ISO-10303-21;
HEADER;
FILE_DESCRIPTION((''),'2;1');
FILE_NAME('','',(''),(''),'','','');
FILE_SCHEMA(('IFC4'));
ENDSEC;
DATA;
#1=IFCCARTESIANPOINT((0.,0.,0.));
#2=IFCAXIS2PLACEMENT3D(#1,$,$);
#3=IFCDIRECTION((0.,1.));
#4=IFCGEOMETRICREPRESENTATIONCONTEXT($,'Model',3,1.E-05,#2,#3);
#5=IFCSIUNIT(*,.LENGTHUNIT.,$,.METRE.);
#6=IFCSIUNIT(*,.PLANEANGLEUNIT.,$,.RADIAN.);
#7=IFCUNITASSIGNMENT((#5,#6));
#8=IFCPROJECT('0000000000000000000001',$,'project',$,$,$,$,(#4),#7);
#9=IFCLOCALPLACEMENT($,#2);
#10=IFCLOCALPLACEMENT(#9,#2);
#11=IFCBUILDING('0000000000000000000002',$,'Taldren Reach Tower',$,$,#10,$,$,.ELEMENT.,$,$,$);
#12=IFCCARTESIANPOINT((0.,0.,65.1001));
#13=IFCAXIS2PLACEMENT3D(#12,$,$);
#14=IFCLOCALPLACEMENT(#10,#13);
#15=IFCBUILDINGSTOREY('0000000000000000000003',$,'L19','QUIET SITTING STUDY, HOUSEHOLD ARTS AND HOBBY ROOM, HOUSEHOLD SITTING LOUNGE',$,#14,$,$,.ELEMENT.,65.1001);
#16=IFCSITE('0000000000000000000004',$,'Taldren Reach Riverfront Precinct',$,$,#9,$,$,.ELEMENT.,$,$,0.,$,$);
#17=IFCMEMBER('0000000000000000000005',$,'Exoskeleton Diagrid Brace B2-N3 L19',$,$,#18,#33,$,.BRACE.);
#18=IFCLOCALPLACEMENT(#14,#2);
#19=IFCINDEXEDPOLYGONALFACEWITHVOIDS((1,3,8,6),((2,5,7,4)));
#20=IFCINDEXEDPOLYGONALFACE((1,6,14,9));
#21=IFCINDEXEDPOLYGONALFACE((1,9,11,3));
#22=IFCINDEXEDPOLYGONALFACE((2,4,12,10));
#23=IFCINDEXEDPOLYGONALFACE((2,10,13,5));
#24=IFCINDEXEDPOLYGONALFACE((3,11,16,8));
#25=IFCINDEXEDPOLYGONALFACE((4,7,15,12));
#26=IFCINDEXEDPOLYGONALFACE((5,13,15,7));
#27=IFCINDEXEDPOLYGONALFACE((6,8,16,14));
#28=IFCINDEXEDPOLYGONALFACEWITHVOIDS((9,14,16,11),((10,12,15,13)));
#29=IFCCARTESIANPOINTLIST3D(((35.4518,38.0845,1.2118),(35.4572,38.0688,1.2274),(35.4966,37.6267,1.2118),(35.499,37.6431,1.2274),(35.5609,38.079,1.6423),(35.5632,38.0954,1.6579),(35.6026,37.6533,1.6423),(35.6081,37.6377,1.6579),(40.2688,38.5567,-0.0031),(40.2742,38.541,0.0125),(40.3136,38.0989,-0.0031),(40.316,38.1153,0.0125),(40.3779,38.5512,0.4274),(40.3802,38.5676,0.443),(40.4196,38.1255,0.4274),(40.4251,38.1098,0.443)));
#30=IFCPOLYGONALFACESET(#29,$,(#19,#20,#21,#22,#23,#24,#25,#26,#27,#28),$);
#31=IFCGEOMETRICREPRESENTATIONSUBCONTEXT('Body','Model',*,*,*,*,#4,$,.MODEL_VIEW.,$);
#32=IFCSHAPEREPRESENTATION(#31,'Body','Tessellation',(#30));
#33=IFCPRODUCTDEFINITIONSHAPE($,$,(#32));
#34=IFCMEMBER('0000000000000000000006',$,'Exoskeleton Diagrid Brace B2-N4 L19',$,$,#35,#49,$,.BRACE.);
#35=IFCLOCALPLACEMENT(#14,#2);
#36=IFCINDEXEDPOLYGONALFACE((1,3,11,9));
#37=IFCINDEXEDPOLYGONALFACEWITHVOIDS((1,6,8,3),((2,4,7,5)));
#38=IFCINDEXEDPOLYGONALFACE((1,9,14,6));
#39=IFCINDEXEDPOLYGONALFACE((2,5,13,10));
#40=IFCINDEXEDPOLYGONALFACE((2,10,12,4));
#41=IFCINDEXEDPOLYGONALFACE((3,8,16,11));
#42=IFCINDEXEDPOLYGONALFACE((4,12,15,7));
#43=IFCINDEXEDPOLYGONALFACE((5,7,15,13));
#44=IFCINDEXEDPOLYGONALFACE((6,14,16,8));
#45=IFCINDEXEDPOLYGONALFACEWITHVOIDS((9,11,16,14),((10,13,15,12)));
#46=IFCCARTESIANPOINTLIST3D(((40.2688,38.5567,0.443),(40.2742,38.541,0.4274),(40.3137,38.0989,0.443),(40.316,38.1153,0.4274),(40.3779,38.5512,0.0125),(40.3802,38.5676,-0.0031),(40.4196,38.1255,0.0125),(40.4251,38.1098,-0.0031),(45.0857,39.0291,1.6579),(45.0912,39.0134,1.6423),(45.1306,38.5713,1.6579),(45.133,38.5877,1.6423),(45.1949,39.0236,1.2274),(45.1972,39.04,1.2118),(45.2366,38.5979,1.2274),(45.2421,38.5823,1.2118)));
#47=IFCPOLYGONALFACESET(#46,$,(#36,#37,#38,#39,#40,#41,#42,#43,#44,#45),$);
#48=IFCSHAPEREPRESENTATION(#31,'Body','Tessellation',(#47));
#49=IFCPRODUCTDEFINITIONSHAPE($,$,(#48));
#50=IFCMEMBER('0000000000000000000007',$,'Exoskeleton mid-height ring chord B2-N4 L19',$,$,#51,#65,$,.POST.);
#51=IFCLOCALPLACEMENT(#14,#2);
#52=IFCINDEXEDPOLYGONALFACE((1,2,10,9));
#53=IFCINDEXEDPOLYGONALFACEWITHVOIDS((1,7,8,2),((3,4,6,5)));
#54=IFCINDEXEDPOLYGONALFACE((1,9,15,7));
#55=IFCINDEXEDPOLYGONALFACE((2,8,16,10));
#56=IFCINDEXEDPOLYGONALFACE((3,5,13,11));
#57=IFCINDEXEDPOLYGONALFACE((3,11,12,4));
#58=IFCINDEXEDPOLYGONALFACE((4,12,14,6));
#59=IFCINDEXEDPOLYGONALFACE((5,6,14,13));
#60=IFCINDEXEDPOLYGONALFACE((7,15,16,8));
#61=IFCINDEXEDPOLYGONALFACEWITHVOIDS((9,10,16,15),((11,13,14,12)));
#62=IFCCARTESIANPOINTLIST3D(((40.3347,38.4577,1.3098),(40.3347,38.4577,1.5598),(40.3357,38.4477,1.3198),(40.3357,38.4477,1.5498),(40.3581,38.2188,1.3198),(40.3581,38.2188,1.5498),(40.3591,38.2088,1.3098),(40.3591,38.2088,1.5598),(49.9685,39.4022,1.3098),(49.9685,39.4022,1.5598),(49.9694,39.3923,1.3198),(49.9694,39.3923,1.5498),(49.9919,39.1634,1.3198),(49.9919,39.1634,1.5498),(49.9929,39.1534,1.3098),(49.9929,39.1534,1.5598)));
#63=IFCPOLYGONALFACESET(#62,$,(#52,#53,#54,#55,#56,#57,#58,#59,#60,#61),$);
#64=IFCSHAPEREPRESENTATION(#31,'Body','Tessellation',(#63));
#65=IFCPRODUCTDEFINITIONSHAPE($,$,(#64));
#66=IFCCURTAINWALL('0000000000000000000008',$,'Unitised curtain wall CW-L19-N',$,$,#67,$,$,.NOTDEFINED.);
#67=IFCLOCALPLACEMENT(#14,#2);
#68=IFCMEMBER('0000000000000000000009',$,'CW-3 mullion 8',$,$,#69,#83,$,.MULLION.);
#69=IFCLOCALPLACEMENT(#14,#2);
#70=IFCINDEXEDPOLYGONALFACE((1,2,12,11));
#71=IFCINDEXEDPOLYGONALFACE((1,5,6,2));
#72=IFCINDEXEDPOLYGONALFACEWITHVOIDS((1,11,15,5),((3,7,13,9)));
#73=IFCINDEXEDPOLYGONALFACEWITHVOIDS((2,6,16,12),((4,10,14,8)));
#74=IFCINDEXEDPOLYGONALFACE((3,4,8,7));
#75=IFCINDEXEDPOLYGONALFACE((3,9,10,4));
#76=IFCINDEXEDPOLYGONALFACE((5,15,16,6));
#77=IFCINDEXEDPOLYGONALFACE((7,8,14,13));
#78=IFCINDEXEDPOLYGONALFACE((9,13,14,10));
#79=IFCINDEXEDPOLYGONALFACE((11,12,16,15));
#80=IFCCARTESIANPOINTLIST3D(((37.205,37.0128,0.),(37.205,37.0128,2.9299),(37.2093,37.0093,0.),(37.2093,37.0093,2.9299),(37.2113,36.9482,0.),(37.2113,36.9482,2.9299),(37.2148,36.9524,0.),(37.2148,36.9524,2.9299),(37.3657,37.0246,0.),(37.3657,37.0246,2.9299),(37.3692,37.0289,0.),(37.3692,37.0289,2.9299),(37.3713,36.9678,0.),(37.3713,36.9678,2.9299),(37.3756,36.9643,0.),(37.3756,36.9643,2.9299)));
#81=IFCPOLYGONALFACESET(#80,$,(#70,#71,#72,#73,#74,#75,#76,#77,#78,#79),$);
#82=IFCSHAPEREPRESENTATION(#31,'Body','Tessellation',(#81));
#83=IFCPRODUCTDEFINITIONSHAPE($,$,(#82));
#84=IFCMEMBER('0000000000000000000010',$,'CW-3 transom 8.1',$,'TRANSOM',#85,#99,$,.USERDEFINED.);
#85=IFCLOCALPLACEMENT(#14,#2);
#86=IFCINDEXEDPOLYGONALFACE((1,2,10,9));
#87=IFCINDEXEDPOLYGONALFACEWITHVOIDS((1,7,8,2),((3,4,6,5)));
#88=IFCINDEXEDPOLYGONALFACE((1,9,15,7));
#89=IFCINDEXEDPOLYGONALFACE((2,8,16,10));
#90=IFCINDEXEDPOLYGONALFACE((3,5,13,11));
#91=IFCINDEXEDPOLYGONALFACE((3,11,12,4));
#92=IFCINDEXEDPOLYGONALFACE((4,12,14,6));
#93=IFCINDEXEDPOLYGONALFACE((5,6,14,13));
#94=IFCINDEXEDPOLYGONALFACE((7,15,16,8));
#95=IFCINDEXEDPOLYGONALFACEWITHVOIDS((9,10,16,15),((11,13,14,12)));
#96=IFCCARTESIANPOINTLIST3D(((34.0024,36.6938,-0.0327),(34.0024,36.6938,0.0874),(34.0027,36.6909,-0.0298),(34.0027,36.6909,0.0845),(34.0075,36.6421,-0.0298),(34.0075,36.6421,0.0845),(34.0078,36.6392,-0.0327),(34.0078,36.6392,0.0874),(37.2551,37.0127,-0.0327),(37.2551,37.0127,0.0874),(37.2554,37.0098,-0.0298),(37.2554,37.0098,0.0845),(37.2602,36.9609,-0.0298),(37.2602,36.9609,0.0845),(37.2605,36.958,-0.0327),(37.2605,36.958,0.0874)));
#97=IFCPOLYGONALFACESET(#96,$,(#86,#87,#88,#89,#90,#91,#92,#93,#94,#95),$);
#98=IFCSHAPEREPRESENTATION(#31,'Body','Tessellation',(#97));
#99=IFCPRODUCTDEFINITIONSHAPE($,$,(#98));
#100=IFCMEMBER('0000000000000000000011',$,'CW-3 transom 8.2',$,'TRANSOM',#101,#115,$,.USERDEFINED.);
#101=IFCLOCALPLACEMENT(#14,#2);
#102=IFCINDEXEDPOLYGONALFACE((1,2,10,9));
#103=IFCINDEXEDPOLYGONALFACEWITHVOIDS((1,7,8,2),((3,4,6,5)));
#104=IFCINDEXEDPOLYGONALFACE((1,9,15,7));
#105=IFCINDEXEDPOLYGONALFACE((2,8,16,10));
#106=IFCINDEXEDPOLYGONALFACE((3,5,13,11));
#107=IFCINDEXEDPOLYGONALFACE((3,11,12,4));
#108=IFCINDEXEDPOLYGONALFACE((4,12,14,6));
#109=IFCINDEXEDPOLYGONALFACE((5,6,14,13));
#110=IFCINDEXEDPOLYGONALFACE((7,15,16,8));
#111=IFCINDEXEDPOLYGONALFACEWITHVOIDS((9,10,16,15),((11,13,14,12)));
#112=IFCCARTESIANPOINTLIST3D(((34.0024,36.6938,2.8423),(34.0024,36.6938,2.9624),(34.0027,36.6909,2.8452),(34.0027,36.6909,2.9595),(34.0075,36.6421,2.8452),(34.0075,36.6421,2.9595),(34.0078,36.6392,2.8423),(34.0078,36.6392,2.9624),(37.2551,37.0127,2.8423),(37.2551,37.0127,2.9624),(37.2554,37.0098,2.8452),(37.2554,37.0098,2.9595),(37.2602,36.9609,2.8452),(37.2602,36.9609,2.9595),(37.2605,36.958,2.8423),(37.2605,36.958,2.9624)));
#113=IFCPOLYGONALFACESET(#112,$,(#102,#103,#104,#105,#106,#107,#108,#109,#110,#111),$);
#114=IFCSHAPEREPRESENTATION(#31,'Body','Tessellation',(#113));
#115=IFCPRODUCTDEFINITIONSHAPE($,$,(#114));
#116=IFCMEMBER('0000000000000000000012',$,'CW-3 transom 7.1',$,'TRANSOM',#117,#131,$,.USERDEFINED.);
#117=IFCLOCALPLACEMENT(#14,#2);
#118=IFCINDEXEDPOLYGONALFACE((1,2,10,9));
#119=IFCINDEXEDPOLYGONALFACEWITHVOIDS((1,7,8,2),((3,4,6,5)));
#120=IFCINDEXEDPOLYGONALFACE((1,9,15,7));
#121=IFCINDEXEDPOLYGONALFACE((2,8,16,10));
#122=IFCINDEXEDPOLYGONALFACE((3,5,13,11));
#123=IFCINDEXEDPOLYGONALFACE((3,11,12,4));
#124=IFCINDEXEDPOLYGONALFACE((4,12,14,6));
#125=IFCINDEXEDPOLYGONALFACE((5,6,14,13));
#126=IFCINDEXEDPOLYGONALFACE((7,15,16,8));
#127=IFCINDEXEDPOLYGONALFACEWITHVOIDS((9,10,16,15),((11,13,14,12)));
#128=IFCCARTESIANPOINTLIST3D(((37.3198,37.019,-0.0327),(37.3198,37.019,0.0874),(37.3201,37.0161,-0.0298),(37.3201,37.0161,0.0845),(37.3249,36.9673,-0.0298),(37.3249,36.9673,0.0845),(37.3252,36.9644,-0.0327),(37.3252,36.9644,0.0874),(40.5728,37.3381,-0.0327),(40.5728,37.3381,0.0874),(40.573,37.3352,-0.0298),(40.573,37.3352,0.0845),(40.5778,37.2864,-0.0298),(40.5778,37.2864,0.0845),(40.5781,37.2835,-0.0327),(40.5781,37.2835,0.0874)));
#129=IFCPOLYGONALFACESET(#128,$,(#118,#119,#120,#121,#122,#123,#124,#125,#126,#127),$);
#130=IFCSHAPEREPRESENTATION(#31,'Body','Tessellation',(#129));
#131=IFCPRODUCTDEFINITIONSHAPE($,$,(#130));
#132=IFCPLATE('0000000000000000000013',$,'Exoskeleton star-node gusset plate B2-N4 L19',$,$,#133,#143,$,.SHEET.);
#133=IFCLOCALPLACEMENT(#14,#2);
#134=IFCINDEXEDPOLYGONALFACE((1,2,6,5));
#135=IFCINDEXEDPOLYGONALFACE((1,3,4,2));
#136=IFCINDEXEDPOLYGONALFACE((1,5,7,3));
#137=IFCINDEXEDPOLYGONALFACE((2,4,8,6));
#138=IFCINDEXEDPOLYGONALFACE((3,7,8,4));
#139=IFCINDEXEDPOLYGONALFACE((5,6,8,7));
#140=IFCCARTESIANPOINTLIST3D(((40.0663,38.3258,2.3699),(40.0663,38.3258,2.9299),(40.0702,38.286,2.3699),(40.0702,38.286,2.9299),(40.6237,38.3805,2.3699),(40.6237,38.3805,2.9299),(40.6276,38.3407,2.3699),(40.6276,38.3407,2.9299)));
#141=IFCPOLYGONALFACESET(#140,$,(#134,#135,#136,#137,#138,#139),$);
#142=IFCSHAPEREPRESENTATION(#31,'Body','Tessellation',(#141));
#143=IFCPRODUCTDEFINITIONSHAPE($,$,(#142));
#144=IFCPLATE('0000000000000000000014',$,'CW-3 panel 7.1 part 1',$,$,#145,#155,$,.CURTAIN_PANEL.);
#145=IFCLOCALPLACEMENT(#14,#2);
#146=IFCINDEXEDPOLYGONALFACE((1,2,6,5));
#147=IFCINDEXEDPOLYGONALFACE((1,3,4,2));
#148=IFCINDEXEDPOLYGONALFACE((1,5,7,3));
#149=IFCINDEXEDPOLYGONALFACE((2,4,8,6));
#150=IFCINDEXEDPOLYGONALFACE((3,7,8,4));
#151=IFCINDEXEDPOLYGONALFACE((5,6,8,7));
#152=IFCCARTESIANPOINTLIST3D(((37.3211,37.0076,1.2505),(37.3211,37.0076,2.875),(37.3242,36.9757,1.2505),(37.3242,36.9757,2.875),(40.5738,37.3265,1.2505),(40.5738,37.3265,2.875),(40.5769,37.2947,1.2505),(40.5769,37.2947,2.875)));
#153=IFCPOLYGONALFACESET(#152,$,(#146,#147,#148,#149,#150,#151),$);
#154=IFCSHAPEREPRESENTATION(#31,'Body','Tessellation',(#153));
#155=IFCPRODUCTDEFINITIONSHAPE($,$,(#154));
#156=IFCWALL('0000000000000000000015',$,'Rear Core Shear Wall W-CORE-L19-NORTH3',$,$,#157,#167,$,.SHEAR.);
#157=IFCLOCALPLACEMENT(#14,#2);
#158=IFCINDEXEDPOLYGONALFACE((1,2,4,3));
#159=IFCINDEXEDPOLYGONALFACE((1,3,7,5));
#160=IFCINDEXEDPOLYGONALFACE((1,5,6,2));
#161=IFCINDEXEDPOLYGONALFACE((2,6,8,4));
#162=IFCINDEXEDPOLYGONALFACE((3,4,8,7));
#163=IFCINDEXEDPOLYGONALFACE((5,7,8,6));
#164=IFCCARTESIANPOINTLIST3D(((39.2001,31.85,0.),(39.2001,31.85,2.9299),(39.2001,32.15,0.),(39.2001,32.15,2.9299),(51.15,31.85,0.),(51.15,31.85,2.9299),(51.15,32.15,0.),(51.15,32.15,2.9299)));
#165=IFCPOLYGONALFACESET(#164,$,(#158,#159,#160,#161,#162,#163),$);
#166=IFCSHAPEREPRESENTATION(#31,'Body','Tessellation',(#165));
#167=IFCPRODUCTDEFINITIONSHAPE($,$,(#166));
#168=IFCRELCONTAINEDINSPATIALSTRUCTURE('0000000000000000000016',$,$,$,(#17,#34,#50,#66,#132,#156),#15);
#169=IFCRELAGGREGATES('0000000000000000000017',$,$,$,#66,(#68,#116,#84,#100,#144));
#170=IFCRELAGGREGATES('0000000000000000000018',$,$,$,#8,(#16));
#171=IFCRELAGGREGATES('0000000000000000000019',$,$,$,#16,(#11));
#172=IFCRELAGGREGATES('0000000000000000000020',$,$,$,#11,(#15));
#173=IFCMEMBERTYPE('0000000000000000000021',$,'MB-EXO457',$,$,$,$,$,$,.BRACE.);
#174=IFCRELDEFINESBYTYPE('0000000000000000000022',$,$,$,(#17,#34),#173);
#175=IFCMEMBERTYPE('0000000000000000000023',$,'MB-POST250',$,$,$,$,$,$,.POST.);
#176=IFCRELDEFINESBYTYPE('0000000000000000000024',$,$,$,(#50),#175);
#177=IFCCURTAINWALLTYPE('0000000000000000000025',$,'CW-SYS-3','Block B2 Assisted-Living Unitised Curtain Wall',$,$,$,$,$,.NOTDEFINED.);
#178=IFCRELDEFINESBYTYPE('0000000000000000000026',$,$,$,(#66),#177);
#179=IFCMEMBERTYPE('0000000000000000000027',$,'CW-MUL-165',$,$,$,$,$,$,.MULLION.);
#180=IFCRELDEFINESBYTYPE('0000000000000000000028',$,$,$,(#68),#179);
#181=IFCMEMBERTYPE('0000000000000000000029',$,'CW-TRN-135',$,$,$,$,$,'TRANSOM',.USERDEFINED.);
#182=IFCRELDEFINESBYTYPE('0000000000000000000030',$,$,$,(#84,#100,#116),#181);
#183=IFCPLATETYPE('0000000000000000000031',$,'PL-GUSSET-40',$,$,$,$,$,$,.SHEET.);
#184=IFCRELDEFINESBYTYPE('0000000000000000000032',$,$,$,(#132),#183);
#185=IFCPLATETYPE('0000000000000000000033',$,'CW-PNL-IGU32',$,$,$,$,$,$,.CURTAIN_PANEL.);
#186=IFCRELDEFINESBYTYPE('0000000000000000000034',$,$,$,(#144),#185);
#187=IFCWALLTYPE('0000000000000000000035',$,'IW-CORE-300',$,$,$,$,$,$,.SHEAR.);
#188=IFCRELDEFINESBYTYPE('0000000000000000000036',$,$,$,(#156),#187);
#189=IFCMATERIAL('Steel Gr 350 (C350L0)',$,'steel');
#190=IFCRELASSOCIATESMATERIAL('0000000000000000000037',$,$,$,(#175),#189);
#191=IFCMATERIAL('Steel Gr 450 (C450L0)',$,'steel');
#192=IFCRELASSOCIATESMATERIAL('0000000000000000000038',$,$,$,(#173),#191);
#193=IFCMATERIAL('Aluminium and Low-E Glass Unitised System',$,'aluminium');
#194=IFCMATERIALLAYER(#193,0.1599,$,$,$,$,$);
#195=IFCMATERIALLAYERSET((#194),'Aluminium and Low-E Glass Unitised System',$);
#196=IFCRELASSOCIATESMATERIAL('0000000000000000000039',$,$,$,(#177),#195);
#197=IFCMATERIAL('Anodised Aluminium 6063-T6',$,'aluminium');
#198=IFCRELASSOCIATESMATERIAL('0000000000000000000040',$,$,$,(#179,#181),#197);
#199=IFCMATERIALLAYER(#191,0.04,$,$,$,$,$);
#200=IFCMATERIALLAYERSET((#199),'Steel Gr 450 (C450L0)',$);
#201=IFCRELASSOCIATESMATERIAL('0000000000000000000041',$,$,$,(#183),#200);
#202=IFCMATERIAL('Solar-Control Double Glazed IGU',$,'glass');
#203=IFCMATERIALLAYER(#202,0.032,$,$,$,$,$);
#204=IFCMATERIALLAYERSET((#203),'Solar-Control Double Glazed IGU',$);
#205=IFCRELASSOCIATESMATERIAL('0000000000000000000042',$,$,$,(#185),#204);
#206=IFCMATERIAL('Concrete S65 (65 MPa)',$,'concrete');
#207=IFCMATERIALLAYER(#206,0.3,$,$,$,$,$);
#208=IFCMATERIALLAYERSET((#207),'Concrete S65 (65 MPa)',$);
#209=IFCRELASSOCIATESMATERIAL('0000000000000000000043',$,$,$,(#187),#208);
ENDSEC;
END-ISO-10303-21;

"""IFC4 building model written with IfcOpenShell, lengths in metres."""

from ifc_helpers import new_model, si_unit, direction, frame, frame_2d, origin, origin_2d, place, context, subcontext, project, spatial, rectangle, hollow_rectangle, extrude, source, transform, mapped, material, layer, layer_set, material_profile, profile_set, type_object, element, aggregate, save


model = new_model("IFC4")

# Units and contexts
model_context = context("Model", 3, precision=1e-05, world=origin(), true_north=direction((0.0, 1.0)))
body_context = subcontext(model_context, "Body", "Model", "MODEL_VIEW")
ifc_project = project(units=[si_unit("LENGTHUNIT", "METRE"), si_unit("PLANEANGLEUNIT", "RADIAN")], contexts=[model_context])

# Site, building, storey
site_placement = place(None, origin())
site = spatial("IfcSite", under=ifc_project, at=site_placement, Name="Taldren Reach Riverfront Precinct", CompositionType="ELEMENT", RefElevation=0.0)
building_placement = place(site_placement, origin())
building = spatial("IfcBuilding", under=site, at=building_placement, Name="Taldren Reach Tower", CompositionType="ELEMENT")
storey_placement = place(building_placement, frame((0.0, 0.0, 65.1001)))
storey = spatial("IfcBuildingStorey", under=building, at=storey_placement, Name="L19", Description="QUIET SITTING STUDY, HOUSEHOLD ARTS AND HOBBY ROOM, HOUSEHOLD SITTING LOUNGE", CompositionType="ELEMENT", Elevation=65.1001)

# Shared definitions
ifc_material_1 = material(Name="Concrete S65 (65 MPa)", Category="concrete")

# Shared definitions
ifc_material_2 = material(Name="Steel Gr 450 (C450L0)", Category="steel")
ifc_material_3 = material(Name="Steel Gr 350 (C350L0)", Category="steel")
ifc_material_profile_1 = material_profile(ifc_material_3, hollow_rectangle(XDim=0.25, YDim=0.25, WallThickness=0.01, at=origin_2d()), Name="250x250x10.0SHS")
ifc_profile_set_1 = profile_set([ifc_material_profile_1], Name="Steel Gr 350 (C350L0)")
member_type_1 = type_object("IfcMemberType", Name="MB-POST250", PredefinedType="POST", material=ifc_profile_set_1)

# Members
ifc_material_profile_2 = material_profile(ifc_material_2, hollow_rectangle(XDim=0.46, YDim=0.46, WallThickness=0.0161, at=origin_2d()), Name="460x460x16.0SHS")
ifc_profile_set_2 = profile_set([ifc_material_profile_2], Name="Steel Gr 450 (C450L0)")
member_type_2 = type_object("IfcMemberType", Name="MB-EXO457", PredefinedType="BRACE", material=ifc_profile_set_2)
shared_shape_1 = source(origin(), body_context, "Body", "SweptSolid", [
    extrude(hollow_rectangle(XDim=0.46, YDim=0.46, WallThickness=0.0161, at=origin_2d()), origin(), (0.0, 0.0, 1.0), 4.9902),
])
for number, where, z_axis, x_axis, name in (
    (1, (40.3469, 38.3333, 0.22), (-0.965287, -0.094621, 0.24345), (0.097556, -0.99523, 0.0), "Exoskeleton Diagrid Brace B2-N3 L19"),
    (2, (40.3469, 38.3333, 0.22), (0.965283, 0.094669, 0.243449), (-0.097606, 0.995225, 0.0), "Exoskeleton Diagrid Brace B2-N4 L19"),
):
    element("IfcMember", number, at=place(storey_placement, frame(where, z_axis=z_axis, x_axis=x_axis)), inside=storey, type_object=member_type_2, Name=name, PredefinedType="BRACE", context=body_context, shape_type="MappedRepresentation", body=[
        mapped(shared_shape_1, transform((0.0, 0.0, 0.0), scale=1.0)),
    ])
shared_shape_2 = source(origin(), body_context, "Body", "SweptSolid", [
    extrude(hollow_rectangle(XDim=0.25, YDim=0.25, WallThickness=0.01, at=origin_2d()), origin(), (0.0, 0.0, 1.0), 9.6799),
])
member_1_placement = place(storey_placement, frame((40.3469, 38.3333, 1.4348), z_axis=(0.995228, 0.097581, 0.0), x_axis=(-0.097581, 0.995228, 0.0)))
element("IfcMember", 3, at=member_1_placement, inside=storey, type_object=member_type_1, Name="Exoskeleton mid-height ring chord B2-N4 L19", PredefinedType="POST", context=body_context, shape_type="MappedRepresentation", body=[
    mapped(shared_shape_2, transform((0.0, 0.0, 0.0), scale=1.0)),
])

# Curtain wall, members
ifc_material_4 = material(Name="Aluminium and Low-E Glass Unitised System", Category="aluminium")
ifc_layer_1 = layer(ifc_material_4, 0.1599)
ifc_layer_set_1 = layer_set([ifc_layer_1], Name="Aluminium and Low-E Glass Unitised System")
curtain_wall_type = type_object("IfcCurtainWallType", Name="CW-SYS-3", Description="Block B2 Assisted-Living Unitised Curtain Wall", PredefinedType="NOTDEFINED", material=ifc_layer_set_1)
curtain_wall_placement = place(storey_placement, origin())
curtain_wall = element("IfcCurtainWall", 4, at=curtain_wall_placement, inside=storey, type_object=curtain_wall_type, Name="Unitised curtain wall CW-L19-N", PredefinedType="NOTDEFINED")
ifc_material_5 = material(Name="Anodised Aluminium 6063-T6", Category="aluminium")
ifc_material_profile_3 = material_profile(ifc_material_5, hollow_rectangle(XDim=0.0649, YDim=0.165, WallThickness=0.0039, at=origin_2d()), Name="ALU-165x65x4RHS")
ifc_profile_set_3 = profile_set([ifc_material_profile_3], Name="Anodised Aluminium 6063-T6")
member_type_3 = type_object("IfcMemberType", Name="CW-MUL-165", PredefinedType="MULLION", material=ifc_profile_set_3)
shared_shape_3 = source(origin(), body_context, "Body", "SweptSolid", [
    extrude(hollow_rectangle(XDim=0.0649, YDim=0.165, WallThickness=0.0039, at=origin_2d()), origin(), (0.0, 0.0, 1.0), 2.9299),
])
member_2_placement = place(storey_placement, frame((37.2903, 36.9885, 0.0), z_axis=(0.0, 0.0, 1.0), x_axis=(0.097583, -0.995227, 0.0)))
member_2 = element("IfcMember", 5, at=member_2_placement, type_object=member_type_3, Name="CW-3 mullion 8", PredefinedType="MULLION", context=body_context, shape_type="MappedRepresentation", body=[
    mapped(shared_shape_3, transform((0.0, 0.0, 0.0), scale=1.0)),
])
ifc_material_profile_4 = material_profile(ifc_material_5, hollow_rectangle(XDim=0.0549, YDim=0.1201, WallThickness=0.0029, at=origin_2d()), Name="ALU-120x55x3RHS")
ifc_profile_set_4 = profile_set([ifc_material_profile_4], Name="Anodised Aluminium 6063-T6")
member_type_4 = type_object("IfcMemberType", Name="CW-TRN-135", ElementType="TRANSOM", PredefinedType="USERDEFINED", material=ifc_profile_set_4)
shared_shape_4 = source(origin(), body_context, "Body", "SweptSolid", [
    extrude(hollow_rectangle(XDim=0.0549, YDim=0.1201, WallThickness=0.0029, at=origin_2d()), origin(), (0.0, 0.0, 1.0), 3.2683),
])
member_3_placement = place(storey_placement, frame((37.2578, 36.9854, 0.0273), z_axis=(-0.99523, -0.097558, 0.0), x_axis=(0.097558, -0.99523, 0.0)))
member_3 = element("IfcMember", 6, at=member_3_placement, type_object=member_type_4, Name="CW-3 transom 8.1", ObjectType="TRANSOM", PredefinedType="USERDEFINED", context=body_context, shape_type="MappedRepresentation", body=[
    mapped(shared_shape_4, transform((0.0, 0.0, 0.0), scale=1.0)),
])
member_4_placement = place(storey_placement, frame((37.2578, 36.9854, 2.9023), z_axis=(-0.99523, -0.097558, 0.0), x_axis=(0.097558, -0.99523, 0.0)))
member_4 = element("IfcMember", 7, at=member_4_placement, type_object=member_type_4, Name="CW-3 transom 8.2", ObjectType="TRANSOM", PredefinedType="USERDEFINED", context=body_context, shape_type="MappedRepresentation", body=[
    mapped(shared_shape_4, transform((0.0, 0.0, 0.0), scale=1.0)),
])
shared_shape_5 = source(origin(), body_context, "Body", "SweptSolid", [
    extrude(hollow_rectangle(XDim=0.0549, YDim=0.1201, WallThickness=0.0029, at=origin_2d()), origin(), (0.0, 0.0, 1.0), 3.2686),
])
member_5_placement = place(storey_placement, frame((40.5754, 37.3108, 0.0273), z_axis=(-0.995223, -0.097625, 0.0), x_axis=(0.097625, -0.995223, 0.0)))
member_5 = element("IfcMember", 8, at=member_5_placement, type_object=member_type_4, Name="CW-3 transom 7.1", ObjectType="TRANSOM", PredefinedType="USERDEFINED", context=body_context, shape_type="MappedRepresentation", body=[
    mapped(shared_shape_5, transform((0.0, 0.0, 0.0), scale=1.0)),
])

# Plates
ifc_layer_2 = layer(ifc_material_2, 0.04)
ifc_layer_set_2 = layer_set([ifc_layer_2], Name="Steel Gr 450 (C450L0)")
plate_type_1 = type_object("IfcPlateType", Name="PL-GUSSET-40", PredefinedType="SHEET", material=ifc_layer_set_2)
shared_shape_6 = source(origin(), body_context, "Body", "SweptSolid", [
    extrude(rectangle(XDim=0.5601, YDim=0.04, at=origin_2d()), origin(), (0.0, 0.0, 1.0), 0.5601),
])
plate_1_placement = place(storey_placement, frame((40.3469, 38.3333, 2.3699), z_axis=(0.0, 0.0, 1.0), x_axis=(0.995227, 0.097583, 0.0)))
element("IfcPlate", 9, at=plate_1_placement, inside=storey, type_object=plate_type_1, Name="Exoskeleton star-node gusset plate B2-N4 L19", PredefinedType="SHEET", context=body_context, shape_type="MappedRepresentation", body=[
    mapped(shared_shape_6, transform((0.0, 0.0, 0.0), scale=1.0)),
])
ifc_material_6 = material(Name="Solar-Control Double Glazed IGU", Category="glass")
ifc_layer_3 = layer(ifc_material_6, 0.032)
ifc_layer_set_3 = layer_set([ifc_layer_3], Name="Solar-Control Double Glazed IGU")
plate_type_2 = type_object("IfcPlateType", Name="CW-PNL-IGU32", PredefinedType="CURTAIN_PANEL", material=ifc_layer_set_3)
shared_shape_7 = source(origin(), body_context, "Body", "SweptSolid", [
    extrude(rectangle(XDim=3.2683, YDim=0.032, at=origin_2d()), origin(), (0.0, 0.0, 1.0), 1.6245),
])
plate_2_placement = place(storey_placement, frame((38.949, 37.1511, 1.2505), z_axis=(0.0, 0.0, 1.0), x_axis=(-0.995227, -0.097583, 0.0)))
plate_2 = element("IfcPlate", 10, at=plate_2_placement, type_object=plate_type_2, Name="CW-3 panel 7.1 part 1", PredefinedType="CURTAIN_PANEL", context=body_context, shape_type="MappedRepresentation", body=[
    mapped(shared_shape_7, transform((0.0, 0.0, 0.0), scale=1.0)),
])
aggregate(curtain_wall, [member_2, member_5, member_3, member_4, plate_2])

# Wall
ifc_layer_4 = layer(ifc_material_1, 0.3)
ifc_layer_set_4 = layer_set([ifc_layer_4], Name="Concrete S65 (65 MPa)")
wall_type = type_object("IfcWallType", Name="IW-CORE-300", PredefinedType="SHEAR", material=ifc_layer_set_4)
shared_shape_8 = source(origin(), body_context, "Body", "SweptSolid", [
    extrude(rectangle(XDim=11.95, YDim=0.3, at=frame_2d((5.9751, 0.0))), origin(), (0.0, 0.0, 1.0), 2.9299),
])
wall_1_placement = place(storey_placement, frame((39.2, 32.0, 0.0), z_axis=(0.0, 0.0, 1.0), x_axis=(1.0, 0.0, 0.0)))
element("IfcWall", 11, at=wall_1_placement, inside=storey, type_object=wall_type, Name="Rear Core Shear Wall W-CORE-L19-NORTH3", PredefinedType="SHEAR", context=body_context, shape_type="MappedRepresentation", body=[
    mapped(shared_shape_8, transform((0.0, 0.0, 0.0), scale=1.0)),
])

save(model, "model.ifc")
